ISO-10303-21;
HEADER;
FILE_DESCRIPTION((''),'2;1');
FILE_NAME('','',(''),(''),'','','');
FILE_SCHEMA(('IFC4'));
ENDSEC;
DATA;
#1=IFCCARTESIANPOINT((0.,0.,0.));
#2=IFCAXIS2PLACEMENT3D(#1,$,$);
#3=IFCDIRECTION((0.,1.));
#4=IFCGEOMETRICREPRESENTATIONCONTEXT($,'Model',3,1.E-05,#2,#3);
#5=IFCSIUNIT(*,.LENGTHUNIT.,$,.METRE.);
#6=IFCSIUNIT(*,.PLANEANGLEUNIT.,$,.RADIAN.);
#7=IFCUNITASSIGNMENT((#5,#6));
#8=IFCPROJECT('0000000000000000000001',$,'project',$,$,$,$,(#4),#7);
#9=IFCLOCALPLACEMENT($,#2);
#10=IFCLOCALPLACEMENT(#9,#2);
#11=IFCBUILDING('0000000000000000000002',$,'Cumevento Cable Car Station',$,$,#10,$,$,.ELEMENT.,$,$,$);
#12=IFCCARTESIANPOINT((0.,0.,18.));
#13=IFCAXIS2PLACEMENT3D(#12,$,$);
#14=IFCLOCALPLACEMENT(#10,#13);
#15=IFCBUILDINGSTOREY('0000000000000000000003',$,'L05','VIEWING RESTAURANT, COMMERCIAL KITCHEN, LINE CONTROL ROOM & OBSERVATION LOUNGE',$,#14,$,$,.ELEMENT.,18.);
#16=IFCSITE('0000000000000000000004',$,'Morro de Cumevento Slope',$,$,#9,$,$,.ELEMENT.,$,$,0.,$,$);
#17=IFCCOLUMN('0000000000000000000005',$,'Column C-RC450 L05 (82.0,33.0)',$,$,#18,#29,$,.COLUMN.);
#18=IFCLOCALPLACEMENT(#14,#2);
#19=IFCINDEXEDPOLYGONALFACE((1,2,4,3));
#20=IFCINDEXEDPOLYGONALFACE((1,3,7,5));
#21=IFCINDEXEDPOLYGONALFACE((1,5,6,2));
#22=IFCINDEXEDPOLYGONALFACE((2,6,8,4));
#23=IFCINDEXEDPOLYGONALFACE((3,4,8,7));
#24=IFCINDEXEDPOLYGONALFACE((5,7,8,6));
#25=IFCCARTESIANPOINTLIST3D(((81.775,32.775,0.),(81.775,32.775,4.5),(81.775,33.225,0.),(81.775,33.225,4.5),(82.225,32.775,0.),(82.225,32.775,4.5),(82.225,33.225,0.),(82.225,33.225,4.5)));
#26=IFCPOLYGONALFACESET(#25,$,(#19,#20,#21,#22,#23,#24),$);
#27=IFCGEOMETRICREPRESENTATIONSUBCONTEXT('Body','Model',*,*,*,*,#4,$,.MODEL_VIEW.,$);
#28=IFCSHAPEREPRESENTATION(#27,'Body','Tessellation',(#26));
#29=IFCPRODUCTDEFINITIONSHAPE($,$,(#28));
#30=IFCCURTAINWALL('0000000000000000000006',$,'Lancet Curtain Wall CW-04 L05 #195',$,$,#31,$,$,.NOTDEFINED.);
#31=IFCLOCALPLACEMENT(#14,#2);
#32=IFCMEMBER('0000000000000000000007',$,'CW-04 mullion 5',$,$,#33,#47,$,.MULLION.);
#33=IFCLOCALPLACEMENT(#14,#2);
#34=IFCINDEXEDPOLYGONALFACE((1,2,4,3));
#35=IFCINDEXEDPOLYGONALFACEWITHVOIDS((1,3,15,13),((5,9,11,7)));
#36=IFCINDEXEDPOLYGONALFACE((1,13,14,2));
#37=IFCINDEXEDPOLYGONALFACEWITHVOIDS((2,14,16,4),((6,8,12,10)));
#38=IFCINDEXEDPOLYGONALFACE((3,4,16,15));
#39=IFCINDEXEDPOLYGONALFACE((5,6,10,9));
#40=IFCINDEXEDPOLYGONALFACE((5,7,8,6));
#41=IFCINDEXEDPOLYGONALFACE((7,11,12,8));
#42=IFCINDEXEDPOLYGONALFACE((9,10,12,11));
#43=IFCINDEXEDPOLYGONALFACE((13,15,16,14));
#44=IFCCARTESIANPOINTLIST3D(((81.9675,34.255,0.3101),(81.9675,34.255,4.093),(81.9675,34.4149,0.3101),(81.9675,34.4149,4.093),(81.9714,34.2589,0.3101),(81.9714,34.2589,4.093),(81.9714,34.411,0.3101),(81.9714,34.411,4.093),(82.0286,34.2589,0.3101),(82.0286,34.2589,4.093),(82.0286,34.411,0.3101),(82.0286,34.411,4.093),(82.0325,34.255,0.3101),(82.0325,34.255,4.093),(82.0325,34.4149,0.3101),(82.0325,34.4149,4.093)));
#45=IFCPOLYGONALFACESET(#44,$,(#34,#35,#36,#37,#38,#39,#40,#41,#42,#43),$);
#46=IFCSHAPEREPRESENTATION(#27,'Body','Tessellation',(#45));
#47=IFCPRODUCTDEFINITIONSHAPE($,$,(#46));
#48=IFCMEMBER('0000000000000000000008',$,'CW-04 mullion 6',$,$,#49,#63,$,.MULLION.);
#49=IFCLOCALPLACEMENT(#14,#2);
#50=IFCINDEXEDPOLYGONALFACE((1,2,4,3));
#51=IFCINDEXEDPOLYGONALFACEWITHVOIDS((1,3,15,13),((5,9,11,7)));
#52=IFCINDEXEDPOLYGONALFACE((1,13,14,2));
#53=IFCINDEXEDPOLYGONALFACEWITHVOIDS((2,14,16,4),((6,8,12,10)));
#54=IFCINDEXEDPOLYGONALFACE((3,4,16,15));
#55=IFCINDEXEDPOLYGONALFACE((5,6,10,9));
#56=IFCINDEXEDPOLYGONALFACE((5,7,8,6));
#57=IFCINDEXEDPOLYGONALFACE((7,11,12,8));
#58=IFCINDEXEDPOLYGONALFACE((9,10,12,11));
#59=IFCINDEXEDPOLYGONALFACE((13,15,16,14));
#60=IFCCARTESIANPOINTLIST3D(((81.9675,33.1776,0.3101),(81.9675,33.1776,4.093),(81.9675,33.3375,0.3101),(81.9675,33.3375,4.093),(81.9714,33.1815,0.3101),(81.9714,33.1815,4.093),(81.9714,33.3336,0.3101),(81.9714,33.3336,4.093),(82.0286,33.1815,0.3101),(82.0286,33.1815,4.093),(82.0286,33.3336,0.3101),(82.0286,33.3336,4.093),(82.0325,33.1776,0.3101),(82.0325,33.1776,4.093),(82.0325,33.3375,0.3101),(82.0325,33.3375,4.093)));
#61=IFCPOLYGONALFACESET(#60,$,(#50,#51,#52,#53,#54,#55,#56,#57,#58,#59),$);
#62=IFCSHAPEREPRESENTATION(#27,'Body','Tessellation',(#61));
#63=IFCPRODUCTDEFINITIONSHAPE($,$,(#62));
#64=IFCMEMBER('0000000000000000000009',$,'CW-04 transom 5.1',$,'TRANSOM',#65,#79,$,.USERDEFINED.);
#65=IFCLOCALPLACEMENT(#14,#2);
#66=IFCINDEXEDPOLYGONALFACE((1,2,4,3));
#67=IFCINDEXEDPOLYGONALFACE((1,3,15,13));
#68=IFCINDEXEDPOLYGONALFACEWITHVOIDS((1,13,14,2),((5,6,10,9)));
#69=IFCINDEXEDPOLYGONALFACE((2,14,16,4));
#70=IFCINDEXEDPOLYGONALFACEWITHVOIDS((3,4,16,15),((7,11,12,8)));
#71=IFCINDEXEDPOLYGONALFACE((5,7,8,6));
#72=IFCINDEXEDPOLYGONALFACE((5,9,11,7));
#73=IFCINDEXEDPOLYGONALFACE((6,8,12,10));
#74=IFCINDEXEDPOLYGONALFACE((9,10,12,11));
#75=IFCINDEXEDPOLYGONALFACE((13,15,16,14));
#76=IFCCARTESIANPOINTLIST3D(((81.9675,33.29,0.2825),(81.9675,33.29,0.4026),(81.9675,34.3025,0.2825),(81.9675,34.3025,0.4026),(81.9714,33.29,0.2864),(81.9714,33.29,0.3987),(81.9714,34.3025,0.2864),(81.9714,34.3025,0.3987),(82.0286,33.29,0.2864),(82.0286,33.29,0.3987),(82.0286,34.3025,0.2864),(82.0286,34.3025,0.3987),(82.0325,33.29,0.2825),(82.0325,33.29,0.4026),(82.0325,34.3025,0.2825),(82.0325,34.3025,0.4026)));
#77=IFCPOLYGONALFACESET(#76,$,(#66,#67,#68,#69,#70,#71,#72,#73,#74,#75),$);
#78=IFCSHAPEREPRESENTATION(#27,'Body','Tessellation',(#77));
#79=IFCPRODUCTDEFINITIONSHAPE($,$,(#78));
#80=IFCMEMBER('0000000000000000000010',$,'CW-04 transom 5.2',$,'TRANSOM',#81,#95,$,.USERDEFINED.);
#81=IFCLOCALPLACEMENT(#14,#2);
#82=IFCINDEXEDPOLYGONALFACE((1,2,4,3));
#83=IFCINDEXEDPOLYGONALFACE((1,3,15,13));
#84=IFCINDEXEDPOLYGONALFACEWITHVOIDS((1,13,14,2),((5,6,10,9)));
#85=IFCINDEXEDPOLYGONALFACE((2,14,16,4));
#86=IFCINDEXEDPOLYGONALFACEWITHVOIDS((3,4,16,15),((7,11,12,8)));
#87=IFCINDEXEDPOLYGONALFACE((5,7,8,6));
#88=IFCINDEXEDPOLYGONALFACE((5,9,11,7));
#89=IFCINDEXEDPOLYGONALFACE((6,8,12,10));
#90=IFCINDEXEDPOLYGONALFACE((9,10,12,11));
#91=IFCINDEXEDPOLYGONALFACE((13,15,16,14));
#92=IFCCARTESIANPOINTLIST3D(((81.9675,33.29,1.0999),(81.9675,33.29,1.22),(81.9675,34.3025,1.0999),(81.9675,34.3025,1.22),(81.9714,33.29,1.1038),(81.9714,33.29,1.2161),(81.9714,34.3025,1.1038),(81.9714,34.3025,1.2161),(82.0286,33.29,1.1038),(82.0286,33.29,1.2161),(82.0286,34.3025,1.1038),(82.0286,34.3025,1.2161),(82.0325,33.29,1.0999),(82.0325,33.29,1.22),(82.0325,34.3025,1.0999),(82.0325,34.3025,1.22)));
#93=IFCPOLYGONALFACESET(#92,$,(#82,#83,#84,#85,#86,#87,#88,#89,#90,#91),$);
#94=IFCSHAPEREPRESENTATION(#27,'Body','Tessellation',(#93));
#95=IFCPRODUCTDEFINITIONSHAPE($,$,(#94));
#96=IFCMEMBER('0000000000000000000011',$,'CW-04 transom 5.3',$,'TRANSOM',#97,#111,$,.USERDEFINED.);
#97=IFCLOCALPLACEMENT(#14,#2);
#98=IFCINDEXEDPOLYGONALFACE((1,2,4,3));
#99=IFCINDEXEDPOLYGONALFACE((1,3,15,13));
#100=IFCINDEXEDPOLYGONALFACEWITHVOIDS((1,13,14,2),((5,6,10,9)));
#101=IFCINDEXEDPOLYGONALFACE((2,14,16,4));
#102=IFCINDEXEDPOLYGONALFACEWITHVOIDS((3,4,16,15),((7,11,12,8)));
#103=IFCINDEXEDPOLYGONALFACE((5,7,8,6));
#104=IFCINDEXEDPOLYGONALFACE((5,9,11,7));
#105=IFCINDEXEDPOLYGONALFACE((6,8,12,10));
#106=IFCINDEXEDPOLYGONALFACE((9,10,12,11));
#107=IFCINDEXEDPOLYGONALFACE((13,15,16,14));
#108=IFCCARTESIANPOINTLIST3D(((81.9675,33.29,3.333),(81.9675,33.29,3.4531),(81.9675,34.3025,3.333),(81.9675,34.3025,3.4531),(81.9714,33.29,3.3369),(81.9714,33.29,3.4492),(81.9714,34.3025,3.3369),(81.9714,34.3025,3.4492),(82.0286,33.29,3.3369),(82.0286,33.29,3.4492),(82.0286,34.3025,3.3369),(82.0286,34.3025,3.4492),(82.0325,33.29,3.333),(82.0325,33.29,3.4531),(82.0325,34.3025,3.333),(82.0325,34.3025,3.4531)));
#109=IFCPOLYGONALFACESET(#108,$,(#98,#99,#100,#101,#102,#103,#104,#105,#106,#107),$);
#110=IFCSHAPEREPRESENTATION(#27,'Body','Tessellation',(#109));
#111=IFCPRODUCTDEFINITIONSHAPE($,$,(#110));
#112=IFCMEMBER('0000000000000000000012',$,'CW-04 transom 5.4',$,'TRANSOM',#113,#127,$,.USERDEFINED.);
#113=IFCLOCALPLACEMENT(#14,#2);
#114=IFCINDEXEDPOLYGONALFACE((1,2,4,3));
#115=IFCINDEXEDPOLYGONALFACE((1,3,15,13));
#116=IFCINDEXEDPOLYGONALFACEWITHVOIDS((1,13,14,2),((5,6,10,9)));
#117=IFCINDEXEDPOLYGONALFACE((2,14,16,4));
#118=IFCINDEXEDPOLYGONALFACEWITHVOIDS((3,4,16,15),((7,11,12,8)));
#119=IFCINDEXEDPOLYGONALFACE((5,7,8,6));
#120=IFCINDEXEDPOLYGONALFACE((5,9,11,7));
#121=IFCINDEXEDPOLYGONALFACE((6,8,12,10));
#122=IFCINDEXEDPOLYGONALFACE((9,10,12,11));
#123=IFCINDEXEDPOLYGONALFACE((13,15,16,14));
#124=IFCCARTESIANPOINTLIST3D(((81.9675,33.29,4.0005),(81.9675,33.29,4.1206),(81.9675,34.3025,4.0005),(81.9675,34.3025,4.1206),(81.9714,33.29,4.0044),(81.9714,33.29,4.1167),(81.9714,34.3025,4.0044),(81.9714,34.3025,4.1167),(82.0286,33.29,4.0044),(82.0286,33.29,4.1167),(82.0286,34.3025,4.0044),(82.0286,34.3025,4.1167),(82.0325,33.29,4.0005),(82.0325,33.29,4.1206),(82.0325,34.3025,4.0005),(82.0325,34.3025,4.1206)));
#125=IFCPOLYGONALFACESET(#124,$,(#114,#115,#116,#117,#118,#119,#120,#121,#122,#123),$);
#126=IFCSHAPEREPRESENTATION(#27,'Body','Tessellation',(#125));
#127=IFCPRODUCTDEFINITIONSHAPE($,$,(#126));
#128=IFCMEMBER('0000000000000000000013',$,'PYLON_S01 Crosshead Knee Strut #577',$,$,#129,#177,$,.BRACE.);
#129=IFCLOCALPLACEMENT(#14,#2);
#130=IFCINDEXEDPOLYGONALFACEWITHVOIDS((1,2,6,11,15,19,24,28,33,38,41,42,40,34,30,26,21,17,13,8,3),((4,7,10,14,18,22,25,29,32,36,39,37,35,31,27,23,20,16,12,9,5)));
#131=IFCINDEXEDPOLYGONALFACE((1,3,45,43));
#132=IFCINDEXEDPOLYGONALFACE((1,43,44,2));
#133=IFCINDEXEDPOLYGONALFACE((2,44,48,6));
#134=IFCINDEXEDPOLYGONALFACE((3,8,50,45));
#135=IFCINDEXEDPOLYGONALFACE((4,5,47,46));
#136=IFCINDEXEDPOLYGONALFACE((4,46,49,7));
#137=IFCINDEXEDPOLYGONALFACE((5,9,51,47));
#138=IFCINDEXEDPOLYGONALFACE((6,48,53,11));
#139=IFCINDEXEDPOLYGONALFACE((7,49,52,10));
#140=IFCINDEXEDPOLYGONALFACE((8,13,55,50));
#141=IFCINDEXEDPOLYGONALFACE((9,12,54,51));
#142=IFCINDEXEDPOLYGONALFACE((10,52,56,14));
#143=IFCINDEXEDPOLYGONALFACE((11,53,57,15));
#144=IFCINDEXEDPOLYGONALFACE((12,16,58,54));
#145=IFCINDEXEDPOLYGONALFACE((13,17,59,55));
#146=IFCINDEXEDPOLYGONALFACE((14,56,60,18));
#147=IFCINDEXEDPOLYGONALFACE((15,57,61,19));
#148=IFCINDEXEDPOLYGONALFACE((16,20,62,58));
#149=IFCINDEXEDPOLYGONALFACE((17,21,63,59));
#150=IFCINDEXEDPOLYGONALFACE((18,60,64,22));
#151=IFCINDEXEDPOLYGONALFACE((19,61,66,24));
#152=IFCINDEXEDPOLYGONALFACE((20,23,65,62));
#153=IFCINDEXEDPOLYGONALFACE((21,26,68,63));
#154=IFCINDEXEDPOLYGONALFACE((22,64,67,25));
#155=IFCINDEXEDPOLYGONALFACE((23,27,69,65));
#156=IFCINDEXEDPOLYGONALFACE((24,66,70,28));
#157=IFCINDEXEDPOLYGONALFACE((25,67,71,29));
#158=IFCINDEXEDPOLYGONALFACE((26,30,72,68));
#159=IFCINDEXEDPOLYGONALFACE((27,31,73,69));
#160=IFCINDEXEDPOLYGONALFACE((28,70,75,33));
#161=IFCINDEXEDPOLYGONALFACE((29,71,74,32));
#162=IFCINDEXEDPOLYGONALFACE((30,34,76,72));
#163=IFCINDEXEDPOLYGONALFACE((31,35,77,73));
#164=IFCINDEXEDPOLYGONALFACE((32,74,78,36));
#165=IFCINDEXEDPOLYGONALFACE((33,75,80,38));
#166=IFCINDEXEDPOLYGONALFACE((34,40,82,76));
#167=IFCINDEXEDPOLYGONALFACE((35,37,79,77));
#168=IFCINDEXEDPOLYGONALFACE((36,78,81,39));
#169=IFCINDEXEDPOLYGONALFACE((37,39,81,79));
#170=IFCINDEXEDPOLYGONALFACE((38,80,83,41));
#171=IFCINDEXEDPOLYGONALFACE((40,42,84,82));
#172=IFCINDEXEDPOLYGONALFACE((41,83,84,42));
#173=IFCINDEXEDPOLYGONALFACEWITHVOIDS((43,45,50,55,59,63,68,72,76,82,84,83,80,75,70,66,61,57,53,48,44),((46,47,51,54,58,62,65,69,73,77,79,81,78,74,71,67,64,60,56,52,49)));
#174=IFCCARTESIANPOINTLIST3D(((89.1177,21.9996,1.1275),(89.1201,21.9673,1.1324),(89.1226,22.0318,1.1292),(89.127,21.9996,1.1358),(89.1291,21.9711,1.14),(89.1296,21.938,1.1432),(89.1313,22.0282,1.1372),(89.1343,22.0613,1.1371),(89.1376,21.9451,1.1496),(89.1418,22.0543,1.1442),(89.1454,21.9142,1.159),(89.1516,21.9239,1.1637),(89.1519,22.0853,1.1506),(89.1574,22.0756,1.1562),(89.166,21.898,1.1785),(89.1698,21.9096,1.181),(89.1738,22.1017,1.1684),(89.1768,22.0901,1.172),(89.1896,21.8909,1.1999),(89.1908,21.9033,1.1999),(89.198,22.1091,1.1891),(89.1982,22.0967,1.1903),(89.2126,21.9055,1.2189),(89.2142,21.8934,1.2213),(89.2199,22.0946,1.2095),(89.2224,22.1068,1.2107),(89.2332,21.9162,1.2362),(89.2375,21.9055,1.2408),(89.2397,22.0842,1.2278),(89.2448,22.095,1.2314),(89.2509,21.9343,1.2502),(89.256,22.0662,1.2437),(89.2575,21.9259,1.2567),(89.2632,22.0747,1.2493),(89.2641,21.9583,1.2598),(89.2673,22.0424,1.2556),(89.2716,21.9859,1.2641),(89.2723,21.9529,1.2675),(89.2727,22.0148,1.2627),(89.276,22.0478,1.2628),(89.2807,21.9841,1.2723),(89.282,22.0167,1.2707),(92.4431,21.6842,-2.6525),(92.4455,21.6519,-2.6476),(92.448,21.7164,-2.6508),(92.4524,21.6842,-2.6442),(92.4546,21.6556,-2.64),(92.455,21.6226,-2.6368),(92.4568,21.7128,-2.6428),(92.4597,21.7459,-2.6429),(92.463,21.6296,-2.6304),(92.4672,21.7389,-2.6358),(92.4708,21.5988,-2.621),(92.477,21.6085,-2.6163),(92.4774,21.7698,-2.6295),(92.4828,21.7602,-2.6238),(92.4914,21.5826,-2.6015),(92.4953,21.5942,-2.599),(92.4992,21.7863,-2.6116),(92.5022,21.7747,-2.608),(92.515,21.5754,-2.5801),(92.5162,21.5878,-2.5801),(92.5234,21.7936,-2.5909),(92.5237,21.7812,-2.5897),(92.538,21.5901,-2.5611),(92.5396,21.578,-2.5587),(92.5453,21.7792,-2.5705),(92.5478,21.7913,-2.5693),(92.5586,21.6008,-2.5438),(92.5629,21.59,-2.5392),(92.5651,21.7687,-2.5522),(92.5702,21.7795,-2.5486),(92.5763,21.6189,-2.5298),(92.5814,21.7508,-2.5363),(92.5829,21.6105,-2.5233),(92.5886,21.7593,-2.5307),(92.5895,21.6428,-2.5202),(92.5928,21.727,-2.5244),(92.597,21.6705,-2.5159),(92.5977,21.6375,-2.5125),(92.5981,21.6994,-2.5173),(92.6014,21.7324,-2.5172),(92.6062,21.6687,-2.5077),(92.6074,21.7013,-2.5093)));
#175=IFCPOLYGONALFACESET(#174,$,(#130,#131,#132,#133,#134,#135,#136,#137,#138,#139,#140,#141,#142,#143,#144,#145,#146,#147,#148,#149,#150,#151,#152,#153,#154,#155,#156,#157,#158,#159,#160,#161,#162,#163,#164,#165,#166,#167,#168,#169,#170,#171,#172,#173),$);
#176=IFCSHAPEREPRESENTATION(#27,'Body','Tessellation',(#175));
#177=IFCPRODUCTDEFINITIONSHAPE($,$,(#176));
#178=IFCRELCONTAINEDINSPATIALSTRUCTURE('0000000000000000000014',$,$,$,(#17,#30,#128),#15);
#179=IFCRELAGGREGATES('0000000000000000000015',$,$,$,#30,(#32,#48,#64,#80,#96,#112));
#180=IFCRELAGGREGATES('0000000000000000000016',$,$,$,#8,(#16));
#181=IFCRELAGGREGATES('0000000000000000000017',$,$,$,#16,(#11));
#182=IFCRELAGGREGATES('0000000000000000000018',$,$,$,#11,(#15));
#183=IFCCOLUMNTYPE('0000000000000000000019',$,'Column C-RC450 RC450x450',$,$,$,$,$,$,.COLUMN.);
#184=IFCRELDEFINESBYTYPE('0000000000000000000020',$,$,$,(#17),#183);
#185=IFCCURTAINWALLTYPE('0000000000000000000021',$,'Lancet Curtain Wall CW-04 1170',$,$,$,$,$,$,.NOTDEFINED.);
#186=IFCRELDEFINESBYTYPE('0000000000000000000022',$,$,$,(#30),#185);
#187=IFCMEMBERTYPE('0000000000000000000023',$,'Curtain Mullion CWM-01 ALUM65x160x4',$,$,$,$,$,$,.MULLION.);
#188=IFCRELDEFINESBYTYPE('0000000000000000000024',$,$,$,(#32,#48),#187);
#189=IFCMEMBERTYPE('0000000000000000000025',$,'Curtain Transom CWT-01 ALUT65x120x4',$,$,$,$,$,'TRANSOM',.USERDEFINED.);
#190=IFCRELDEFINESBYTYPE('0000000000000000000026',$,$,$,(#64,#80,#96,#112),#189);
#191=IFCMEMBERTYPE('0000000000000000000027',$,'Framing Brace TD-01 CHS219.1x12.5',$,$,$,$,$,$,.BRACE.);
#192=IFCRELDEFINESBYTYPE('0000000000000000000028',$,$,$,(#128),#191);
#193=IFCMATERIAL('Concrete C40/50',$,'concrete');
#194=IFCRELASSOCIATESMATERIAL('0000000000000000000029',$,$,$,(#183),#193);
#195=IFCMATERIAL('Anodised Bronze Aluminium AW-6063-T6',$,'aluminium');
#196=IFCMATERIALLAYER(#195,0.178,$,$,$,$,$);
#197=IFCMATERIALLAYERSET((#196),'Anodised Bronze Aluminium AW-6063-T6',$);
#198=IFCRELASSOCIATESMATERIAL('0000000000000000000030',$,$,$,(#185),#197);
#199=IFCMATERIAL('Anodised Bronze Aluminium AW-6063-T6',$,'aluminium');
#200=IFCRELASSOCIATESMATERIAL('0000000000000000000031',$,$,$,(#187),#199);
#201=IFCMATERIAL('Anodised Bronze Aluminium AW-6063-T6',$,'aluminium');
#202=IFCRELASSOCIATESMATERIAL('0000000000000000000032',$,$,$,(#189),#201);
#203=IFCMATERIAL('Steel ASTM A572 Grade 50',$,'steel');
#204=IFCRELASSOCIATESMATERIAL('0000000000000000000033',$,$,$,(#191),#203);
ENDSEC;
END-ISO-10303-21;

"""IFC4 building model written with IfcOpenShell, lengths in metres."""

from ifc_helpers import new_model, si_unit, direction, frame, origin, origin_2d, place, context, subcontext, project, spatial, rectangle, hollow_rectangle, hollow_circle, extrude, material, layer, layer_set, material_profile, profile_set, type_object, element, aggregate, save


model = new_model("IFC4")

# Units and contexts
model_context = context("Model", 3, precision=1e-05, world=origin(), true_north=direction((0.0, 1.0)))
body_context = subcontext(model_context, "Body", "Model", "MODEL_VIEW")
ifc_project = project(units=[si_unit("LENGTHUNIT", "METRE"), si_unit("PLANEANGLEUNIT", "RADIAN")], contexts=[model_context])

# Site, building, storey
site_placement = place(None, origin())
site = spatial("IfcSite", under=ifc_project, at=site_placement, Name="Morro de Cumevento Slope", CompositionType="ELEMENT", RefElevation=0.0)
building_placement = place(site_placement, origin())
building = spatial("IfcBuilding", under=site, at=building_placement, Name="Cumevento Cable Car Station", CompositionType="ELEMENT")
storey_placement = place(building_placement, frame((0.0, 0.0, 18.0)))
storey = spatial("IfcBuildingStorey", under=building, at=storey_placement, Name="L05", Description="VIEWING RESTAURANT, COMMERCIAL KITCHEN, LINE CONTROL ROOM & OBSERVATION LOUNGE", CompositionType="ELEMENT", Elevation=18.0)

# Column
ifc_material_1 = material(Name="Concrete C40/50", Category="concrete")
ifc_material_profile_1 = material_profile(ifc_material_1, rectangle(XDim=0.45, YDim=0.45, at=origin_2d()), Name="RC450x450")
ifc_profile_set_1 = profile_set([ifc_material_profile_1], Name="Concrete C40/50")
column_type = type_object("IfcColumnType", Name="Column C-RC450 RC450x450", PredefinedType="COLUMN", material=ifc_profile_set_1)
column_placement = place(storey_placement, frame((82.0, 33.0, 0.0), z_axis=(0.0, 0.0, 1.0), x_axis=(1.0, 0.0, 0.0)))
element("IfcColumn", 1, at=column_placement, inside=storey, type_object=column_type, Name="Column C-RC450 L05 (82.0,33.0)", PredefinedType="COLUMN", context=body_context, shape_type="SweptSolid", body=[
    extrude(rectangle(XDim=0.45, YDim=0.45, at=origin_2d()), origin(), (0.0, 0.0, 1.0), 4.5),
])

# Curtain wall, members
ifc_material_2 = material(Name="Anodised Bronze Aluminium AW-6063-T6", Category="aluminium")
ifc_layer_1 = layer(ifc_material_2, 0.178)
ifc_layer_set_1 = layer_set([ifc_layer_1], Name="Anodised Bronze Aluminium AW-6063-T6")
curtain_wall_type = type_object("IfcCurtainWallType", Name="Lancet Curtain Wall CW-04 1170", PredefinedType="NOTDEFINED", material=ifc_layer_set_1)
curtain_wall_placement = place(storey_placement, origin())
curtain_wall = element("IfcCurtainWall", 2, at=curtain_wall_placement, inside=storey, type_object=curtain_wall_type, Name="Lancet Curtain Wall CW-04 L05 #195", PredefinedType="NOTDEFINED")
ifc_material_3 = material(Name="Anodised Bronze Aluminium AW-6063-T6", Category="aluminium")
ifc_material_profile_2 = material_profile(ifc_material_3, hollow_rectangle(XDim=0.0649, YDim=0.1599, WallThickness=0.0039, at=origin_2d()), Name="ALUM65x160x4")
ifc_profile_set_2 = profile_set([ifc_material_profile_2], Name="Anodised Bronze Aluminium AW-6063-T6")
member_type_1 = type_object("IfcMemberType", Name="Curtain Mullion CWM-01 ALUM65x160x4", PredefinedType="MULLION", material=ifc_profile_set_2)
member_1_placement = place(storey_placement, frame((82.0, 34.335, 0.3101), z_axis=(0.0, 0.0, 1.0), x_axis=(1.0, 0.0, 0.0)))
member_1 = element("IfcMember", 3, at=member_1_placement, type_object=member_type_1, Name="CW-04 mullion 5", PredefinedType="MULLION", context=body_context, shape_type="SweptSolid", body=[
    extrude(hollow_rectangle(XDim=0.0649, YDim=0.1599, WallThickness=0.0039, at=origin_2d()), origin(), (0.0, 0.0, 1.0), 3.783),
])
member_2_placement = place(storey_placement, frame((82.0, 33.2576, 0.3101), z_axis=(0.0, 0.0, 1.0), x_axis=(1.0, 0.0, 0.0)))
member_2 = element("IfcMember", 4, at=member_2_placement, type_object=member_type_1, Name="CW-04 mullion 6", PredefinedType="MULLION", context=body_context, shape_type="SweptSolid", body=[
    extrude(hollow_rectangle(XDim=0.0649, YDim=0.1599, WallThickness=0.0039, at=origin_2d()), origin(), (0.0, 0.0, 1.0), 3.783),
])
ifc_material_4 = material(Name="Anodised Bronze Aluminium AW-6063-T6", Category="aluminium")
ifc_material_profile_3 = material_profile(ifc_material_4, hollow_rectangle(XDim=0.0649, YDim=0.1201, WallThickness=0.0039, at=origin_2d()), Name="ALUT65x120x4")
ifc_profile_set_3 = profile_set([ifc_material_profile_3], Name="Anodised Bronze Aluminium AW-6063-T6")
member_type_2 = type_object("IfcMemberType", Name="Curtain Transom CWT-01 ALUT65x120x4", ElementType="TRANSOM", PredefinedType="USERDEFINED", material=ifc_profile_set_3)
member_3_placement = place(storey_placement, frame((82.0, 34.3025, 0.3425), z_axis=(0.0, -1.0, 0.0), x_axis=(1.0, 0.0, 0.0)))
member_3 = element("IfcMember", 5, at=member_3_placement, type_object=member_type_2, Name="CW-04 transom 5.1", ObjectType="TRANSOM", PredefinedType="USERDEFINED", context=body_context, shape_type="SweptSolid", body=[
    extrude(hollow_rectangle(XDim=0.0649, YDim=0.1201, WallThickness=0.0039, at=origin_2d()), origin(), (0.0, 0.0, 1.0), 1.0125),
])
member_4_placement = place(storey_placement, frame((82.0, 34.3025, 1.1599), z_axis=(0.0, -1.0, 0.0), x_axis=(1.0, 0.0, 0.0)))
member_4 = element("IfcMember", 6, at=member_4_placement, type_object=member_type_2, Name="CW-04 transom 5.2", ObjectType="TRANSOM", PredefinedType="USERDEFINED", context=body_context, shape_type="SweptSolid", body=[
    extrude(hollow_rectangle(XDim=0.0649, YDim=0.1201, WallThickness=0.0039, at=origin_2d()), origin(), (0.0, 0.0, 1.0), 1.0125),
])
member_5_placement = place(storey_placement, frame((82.0, 34.3025, 3.3931), z_axis=(0.0, -1.0, 0.0), x_axis=(1.0, 0.0, 0.0)))
member_5 = element("IfcMember", 7, at=member_5_placement, type_object=member_type_2, Name="CW-04 transom 5.3", ObjectType="TRANSOM", PredefinedType="USERDEFINED", context=body_context, shape_type="SweptSolid", body=[
    extrude(hollow_rectangle(XDim=0.0649, YDim=0.1201, WallThickness=0.0039, at=origin_2d()), origin(), (0.0, 0.0, 1.0), 1.0125),
])
member_6_placement = place(storey_placement, frame((82.0, 34.3025, 4.0605), z_axis=(0.0, -1.0, 0.0), x_axis=(1.0, 0.0, 0.0)))
member_6 = element("IfcMember", 8, at=member_6_placement, type_object=member_type_2, Name="CW-04 transom 5.4", ObjectType="TRANSOM", PredefinedType="USERDEFINED", context=body_context, shape_type="SweptSolid", body=[
    extrude(hollow_rectangle(XDim=0.0649, YDim=0.1201, WallThickness=0.0039, at=origin_2d()), origin(), (0.0, 0.0, 1.0), 1.0125),
])

# Member
ifc_material_5 = material(Name="Steel ASTM A572 Grade 50", Category="steel")
ifc_material_profile_4 = material_profile(ifc_material_5, hollow_circle(Radius=0.1096, WallThickness=0.0125, at=origin_2d()), Name="CHS219.1x12.5")
ifc_profile_set_4 = profile_set([ifc_material_profile_4], Name="Steel ASTM A572 Grade 50")
member_type_3 = type_object("IfcMemberType", Name="Framing Brace TD-01 CHS219.1x12.5", PredefinedType="BRACE", material=ifc_profile_set_4)
for number, where, z_axis, x_axis, name in (
    (9, (92.5254, 21.6846, -2.5801), (-0.659225, 0.06253, 0.749341), (-0.09443, -0.995532, 0.0), "PYLON_S01 Crosshead Knee Strut #577"),
):
    element("IfcMember", number, at=place(storey_placement, frame(where, z_axis=z_axis, x_axis=x_axis)), inside=storey, type_object=member_type_3, Name=name, PredefinedType="BRACE", context=body_context, shape_type="SweptSolid", body=[
        extrude(hollow_circle(Radius=0.1096, WallThickness=0.0125, at=origin_2d()), origin(), (0.0, 0.0, 1.0), 5.0444),
    ])

aggregate(curtain_wall, [member_1, member_2, member_3, member_4, member_5, member_6])

save(model, "model.ifc")
